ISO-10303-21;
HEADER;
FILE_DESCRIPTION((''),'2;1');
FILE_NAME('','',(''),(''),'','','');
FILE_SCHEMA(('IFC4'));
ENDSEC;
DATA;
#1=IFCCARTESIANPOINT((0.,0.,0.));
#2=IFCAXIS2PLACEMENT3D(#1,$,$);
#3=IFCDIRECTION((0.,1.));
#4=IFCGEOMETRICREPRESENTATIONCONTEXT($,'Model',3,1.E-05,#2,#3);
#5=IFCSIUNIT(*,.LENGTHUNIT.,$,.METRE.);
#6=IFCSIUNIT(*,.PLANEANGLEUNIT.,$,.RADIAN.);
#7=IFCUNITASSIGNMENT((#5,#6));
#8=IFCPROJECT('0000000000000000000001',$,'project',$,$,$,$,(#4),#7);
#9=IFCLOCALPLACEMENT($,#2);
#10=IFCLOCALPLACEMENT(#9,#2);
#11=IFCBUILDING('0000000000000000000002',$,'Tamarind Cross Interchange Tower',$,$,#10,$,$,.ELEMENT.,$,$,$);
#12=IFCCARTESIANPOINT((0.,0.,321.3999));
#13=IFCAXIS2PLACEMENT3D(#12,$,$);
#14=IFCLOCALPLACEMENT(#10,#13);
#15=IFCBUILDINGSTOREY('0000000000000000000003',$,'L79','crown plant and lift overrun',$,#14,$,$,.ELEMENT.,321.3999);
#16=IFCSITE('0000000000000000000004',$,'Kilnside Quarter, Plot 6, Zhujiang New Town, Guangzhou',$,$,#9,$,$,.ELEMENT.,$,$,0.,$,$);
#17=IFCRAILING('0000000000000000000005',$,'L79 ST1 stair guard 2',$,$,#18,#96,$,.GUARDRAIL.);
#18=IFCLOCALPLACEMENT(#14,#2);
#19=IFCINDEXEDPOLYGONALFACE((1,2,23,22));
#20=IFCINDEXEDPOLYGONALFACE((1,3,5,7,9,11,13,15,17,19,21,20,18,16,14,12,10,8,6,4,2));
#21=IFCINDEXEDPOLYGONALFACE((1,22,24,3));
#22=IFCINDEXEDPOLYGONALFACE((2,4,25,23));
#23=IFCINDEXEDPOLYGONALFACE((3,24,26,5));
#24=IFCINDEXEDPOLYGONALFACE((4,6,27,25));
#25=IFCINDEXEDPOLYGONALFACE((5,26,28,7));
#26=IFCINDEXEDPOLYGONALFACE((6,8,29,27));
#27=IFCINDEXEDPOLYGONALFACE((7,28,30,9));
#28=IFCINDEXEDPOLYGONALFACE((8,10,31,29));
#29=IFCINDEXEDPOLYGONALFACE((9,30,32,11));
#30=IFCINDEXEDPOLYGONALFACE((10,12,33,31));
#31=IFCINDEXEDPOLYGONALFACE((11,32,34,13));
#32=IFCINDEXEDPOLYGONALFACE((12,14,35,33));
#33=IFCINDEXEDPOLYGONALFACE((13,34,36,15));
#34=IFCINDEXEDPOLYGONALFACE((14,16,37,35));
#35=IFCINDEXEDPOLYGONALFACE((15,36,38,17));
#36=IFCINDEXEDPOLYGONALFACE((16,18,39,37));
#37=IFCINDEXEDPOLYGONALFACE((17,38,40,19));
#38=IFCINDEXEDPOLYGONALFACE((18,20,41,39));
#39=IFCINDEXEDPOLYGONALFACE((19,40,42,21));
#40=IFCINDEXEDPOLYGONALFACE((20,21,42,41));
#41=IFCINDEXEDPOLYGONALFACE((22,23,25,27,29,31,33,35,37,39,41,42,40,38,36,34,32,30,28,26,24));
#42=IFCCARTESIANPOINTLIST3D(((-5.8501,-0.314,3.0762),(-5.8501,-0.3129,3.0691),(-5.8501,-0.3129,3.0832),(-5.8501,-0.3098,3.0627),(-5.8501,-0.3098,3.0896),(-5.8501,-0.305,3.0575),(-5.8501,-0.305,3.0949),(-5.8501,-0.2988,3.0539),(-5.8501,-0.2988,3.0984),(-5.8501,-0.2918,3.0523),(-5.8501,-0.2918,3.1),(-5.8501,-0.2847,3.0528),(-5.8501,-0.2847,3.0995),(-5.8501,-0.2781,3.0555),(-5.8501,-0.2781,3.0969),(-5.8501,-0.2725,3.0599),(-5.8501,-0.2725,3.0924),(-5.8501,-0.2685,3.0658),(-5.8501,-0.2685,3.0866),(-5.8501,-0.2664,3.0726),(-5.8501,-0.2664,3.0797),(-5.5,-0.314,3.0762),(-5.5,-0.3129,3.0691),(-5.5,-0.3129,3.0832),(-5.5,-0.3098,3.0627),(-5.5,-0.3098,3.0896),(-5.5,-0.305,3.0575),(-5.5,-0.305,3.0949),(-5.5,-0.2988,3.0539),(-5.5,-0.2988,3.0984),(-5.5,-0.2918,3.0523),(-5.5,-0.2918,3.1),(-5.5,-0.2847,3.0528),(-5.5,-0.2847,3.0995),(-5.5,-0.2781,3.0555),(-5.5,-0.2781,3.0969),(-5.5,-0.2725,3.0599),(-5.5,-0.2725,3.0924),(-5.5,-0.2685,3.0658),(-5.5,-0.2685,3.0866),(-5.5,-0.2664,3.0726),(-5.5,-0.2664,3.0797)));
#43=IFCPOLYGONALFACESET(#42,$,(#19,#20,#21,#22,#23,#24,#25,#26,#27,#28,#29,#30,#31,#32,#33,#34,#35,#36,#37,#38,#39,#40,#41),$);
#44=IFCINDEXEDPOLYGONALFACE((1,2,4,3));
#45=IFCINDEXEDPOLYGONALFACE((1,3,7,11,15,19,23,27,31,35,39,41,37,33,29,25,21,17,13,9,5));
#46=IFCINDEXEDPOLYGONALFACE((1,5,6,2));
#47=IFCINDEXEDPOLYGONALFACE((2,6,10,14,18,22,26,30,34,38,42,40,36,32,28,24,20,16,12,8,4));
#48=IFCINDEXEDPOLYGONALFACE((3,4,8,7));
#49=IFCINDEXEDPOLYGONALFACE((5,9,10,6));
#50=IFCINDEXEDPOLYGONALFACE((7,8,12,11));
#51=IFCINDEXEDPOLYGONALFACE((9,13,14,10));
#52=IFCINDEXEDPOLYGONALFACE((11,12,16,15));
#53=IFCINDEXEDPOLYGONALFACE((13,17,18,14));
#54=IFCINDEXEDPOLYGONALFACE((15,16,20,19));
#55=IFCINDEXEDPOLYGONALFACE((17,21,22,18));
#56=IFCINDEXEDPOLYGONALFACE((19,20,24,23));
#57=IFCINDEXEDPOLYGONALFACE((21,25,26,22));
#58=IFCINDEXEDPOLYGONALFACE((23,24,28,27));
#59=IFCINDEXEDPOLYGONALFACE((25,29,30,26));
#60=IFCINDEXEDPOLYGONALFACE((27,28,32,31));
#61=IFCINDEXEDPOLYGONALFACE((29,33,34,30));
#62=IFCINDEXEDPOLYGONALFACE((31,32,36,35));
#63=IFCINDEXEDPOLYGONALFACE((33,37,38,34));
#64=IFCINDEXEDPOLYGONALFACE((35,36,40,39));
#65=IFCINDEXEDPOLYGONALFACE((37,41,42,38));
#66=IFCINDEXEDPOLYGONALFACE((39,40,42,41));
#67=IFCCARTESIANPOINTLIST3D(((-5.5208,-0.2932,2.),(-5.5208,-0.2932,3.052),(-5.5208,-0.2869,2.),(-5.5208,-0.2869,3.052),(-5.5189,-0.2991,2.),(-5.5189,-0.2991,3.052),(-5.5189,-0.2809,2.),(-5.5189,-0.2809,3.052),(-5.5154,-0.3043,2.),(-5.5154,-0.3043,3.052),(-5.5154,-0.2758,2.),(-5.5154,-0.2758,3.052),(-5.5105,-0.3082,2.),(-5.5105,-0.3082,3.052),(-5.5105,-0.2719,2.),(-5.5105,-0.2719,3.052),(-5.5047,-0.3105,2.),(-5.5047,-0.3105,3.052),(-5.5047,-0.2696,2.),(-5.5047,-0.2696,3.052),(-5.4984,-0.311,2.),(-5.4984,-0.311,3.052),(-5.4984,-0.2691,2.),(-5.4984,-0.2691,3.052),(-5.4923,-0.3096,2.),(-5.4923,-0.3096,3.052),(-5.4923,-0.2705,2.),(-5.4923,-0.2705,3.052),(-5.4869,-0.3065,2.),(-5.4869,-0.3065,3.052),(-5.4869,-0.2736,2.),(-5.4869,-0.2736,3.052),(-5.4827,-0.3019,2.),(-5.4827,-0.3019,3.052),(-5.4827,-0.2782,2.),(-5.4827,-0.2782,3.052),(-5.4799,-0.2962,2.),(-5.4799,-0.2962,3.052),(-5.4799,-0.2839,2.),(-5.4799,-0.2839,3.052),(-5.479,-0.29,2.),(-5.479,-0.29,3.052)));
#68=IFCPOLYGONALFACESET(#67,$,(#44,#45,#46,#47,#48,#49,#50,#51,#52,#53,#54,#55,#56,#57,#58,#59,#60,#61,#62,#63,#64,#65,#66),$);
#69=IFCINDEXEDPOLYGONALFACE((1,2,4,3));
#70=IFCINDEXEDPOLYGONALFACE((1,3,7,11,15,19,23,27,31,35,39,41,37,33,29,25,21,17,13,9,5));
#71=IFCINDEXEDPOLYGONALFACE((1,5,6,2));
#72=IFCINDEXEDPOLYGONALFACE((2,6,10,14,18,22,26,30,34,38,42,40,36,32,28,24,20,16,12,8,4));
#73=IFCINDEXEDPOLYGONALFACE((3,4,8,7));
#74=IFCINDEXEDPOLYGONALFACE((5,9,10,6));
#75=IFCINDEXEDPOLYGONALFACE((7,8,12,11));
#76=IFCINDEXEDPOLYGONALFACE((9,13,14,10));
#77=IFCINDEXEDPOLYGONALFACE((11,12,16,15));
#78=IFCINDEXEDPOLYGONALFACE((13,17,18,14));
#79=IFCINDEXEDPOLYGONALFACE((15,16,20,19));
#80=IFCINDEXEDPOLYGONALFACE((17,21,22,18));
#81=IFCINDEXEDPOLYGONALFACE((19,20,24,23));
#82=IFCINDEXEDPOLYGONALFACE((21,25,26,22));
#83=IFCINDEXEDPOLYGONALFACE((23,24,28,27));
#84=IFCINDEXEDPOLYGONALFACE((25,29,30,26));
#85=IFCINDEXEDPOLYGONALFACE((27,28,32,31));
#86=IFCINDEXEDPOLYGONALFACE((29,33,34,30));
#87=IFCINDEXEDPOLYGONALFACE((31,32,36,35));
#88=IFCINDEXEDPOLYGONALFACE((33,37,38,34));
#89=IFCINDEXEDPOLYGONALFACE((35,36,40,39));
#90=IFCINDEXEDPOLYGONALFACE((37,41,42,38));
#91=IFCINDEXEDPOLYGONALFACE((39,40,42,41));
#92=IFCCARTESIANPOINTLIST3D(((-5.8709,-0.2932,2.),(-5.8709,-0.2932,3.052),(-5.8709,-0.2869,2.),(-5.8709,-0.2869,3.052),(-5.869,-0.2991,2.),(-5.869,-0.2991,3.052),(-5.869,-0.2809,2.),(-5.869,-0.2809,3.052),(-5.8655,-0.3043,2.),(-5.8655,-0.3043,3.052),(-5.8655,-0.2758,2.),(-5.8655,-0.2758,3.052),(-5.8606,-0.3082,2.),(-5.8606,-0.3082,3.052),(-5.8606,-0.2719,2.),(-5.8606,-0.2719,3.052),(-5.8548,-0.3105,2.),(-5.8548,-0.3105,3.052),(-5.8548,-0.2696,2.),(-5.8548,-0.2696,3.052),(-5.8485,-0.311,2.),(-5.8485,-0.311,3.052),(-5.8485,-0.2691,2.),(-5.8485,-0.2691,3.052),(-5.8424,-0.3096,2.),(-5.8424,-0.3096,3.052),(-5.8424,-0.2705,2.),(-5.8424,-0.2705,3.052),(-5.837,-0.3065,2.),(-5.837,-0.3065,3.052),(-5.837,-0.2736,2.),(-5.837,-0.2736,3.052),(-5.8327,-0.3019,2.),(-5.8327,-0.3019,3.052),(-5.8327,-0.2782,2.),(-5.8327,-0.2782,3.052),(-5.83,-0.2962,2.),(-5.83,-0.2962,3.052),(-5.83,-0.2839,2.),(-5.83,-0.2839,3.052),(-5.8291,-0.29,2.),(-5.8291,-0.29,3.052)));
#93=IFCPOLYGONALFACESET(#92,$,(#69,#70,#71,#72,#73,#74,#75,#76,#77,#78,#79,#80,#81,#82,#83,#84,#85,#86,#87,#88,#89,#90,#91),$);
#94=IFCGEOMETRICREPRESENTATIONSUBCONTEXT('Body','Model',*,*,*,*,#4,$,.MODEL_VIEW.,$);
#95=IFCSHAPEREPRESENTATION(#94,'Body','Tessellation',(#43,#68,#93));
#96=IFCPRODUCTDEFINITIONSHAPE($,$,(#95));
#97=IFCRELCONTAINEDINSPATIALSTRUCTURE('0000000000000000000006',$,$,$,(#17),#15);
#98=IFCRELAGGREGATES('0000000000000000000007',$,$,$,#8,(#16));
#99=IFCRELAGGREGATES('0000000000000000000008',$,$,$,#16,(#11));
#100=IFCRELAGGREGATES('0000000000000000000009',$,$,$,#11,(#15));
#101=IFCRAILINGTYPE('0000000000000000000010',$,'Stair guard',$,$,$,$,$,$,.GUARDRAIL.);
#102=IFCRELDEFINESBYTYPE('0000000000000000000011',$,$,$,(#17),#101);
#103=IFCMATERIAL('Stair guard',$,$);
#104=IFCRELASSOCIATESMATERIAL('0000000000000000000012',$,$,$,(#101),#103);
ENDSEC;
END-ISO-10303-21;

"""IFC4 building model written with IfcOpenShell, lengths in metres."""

from ifc_helpers import new_model, si_unit, direction, frame, origin, origin_2d, place, context, subcontext, project, spatial, circle, extrude, material, type_object, element, save


model = new_model("IFC4")

# Units and contexts
model_context = context("Model", 3, precision=1e-05, world=origin(), true_north=direction((0.0, 1.0)))
body_context = subcontext(model_context, "Body", "Model", "MODEL_VIEW")
ifc_project = project(units=[si_unit("LENGTHUNIT", "METRE"), si_unit("PLANEANGLEUNIT", "RADIAN")], contexts=[model_context])

# Site, building, storey
site_placement = place(None, origin())
site = spatial("IfcSite", under=ifc_project, at=site_placement, Name="Kilnside Quarter, Plot 6, Zhujiang New Town, Guangzhou", CompositionType="ELEMENT", RefElevation=0.0)
building_placement = place(site_placement, origin())
building = spatial("IfcBuilding", under=site, at=building_placement, Name="Tamarind Cross Interchange Tower", CompositionType="ELEMENT")
storey_placement = place(building_placement, frame((0.0, 0.0, 321.3999)))
storey = spatial("IfcBuildingStorey", under=building, at=storey_placement, Name="L79", Description="crown plant and lift overrun", CompositionType="ELEMENT", Elevation=321.3999)

# Railing
ifc_material_1 = material(Name="Stair guard")
railing_type_1 = type_object("IfcRailingType", Name="Stair guard", PredefinedType="GUARDRAIL", material=ifc_material_1)
railing_1_placement = place(storey_placement, frame((-5.5, -0.29, 2.0)))
element("IfcRailing", 1, at=railing_1_placement, inside=storey, type_object=railing_type_1, Name="L79 ST1 stair guard 2", PredefinedType="GUARDRAIL", context=body_context, shape_type="SweptSolid", body=[
    extrude(circle(Radius=0.0239, at=origin_2d()), frame((0.0, 0.0, 1.0762), z_axis=(-1.0, 0.0, 0.0), x_axis=(0.0, -1.0, 0.0)), (0.0, 0.0, 1.0), 0.3501),
    extrude(circle(Radius=0.021, at=origin_2d()), origin(), (0.0, 0.0, 1.0), 1.052),
    extrude(circle(Radius=0.021, at=origin_2d()), frame((-0.3501, 0.0, 0.0)), (0.0, 0.0, 1.0), 1.052),
])

save(model, "model.ifc")
